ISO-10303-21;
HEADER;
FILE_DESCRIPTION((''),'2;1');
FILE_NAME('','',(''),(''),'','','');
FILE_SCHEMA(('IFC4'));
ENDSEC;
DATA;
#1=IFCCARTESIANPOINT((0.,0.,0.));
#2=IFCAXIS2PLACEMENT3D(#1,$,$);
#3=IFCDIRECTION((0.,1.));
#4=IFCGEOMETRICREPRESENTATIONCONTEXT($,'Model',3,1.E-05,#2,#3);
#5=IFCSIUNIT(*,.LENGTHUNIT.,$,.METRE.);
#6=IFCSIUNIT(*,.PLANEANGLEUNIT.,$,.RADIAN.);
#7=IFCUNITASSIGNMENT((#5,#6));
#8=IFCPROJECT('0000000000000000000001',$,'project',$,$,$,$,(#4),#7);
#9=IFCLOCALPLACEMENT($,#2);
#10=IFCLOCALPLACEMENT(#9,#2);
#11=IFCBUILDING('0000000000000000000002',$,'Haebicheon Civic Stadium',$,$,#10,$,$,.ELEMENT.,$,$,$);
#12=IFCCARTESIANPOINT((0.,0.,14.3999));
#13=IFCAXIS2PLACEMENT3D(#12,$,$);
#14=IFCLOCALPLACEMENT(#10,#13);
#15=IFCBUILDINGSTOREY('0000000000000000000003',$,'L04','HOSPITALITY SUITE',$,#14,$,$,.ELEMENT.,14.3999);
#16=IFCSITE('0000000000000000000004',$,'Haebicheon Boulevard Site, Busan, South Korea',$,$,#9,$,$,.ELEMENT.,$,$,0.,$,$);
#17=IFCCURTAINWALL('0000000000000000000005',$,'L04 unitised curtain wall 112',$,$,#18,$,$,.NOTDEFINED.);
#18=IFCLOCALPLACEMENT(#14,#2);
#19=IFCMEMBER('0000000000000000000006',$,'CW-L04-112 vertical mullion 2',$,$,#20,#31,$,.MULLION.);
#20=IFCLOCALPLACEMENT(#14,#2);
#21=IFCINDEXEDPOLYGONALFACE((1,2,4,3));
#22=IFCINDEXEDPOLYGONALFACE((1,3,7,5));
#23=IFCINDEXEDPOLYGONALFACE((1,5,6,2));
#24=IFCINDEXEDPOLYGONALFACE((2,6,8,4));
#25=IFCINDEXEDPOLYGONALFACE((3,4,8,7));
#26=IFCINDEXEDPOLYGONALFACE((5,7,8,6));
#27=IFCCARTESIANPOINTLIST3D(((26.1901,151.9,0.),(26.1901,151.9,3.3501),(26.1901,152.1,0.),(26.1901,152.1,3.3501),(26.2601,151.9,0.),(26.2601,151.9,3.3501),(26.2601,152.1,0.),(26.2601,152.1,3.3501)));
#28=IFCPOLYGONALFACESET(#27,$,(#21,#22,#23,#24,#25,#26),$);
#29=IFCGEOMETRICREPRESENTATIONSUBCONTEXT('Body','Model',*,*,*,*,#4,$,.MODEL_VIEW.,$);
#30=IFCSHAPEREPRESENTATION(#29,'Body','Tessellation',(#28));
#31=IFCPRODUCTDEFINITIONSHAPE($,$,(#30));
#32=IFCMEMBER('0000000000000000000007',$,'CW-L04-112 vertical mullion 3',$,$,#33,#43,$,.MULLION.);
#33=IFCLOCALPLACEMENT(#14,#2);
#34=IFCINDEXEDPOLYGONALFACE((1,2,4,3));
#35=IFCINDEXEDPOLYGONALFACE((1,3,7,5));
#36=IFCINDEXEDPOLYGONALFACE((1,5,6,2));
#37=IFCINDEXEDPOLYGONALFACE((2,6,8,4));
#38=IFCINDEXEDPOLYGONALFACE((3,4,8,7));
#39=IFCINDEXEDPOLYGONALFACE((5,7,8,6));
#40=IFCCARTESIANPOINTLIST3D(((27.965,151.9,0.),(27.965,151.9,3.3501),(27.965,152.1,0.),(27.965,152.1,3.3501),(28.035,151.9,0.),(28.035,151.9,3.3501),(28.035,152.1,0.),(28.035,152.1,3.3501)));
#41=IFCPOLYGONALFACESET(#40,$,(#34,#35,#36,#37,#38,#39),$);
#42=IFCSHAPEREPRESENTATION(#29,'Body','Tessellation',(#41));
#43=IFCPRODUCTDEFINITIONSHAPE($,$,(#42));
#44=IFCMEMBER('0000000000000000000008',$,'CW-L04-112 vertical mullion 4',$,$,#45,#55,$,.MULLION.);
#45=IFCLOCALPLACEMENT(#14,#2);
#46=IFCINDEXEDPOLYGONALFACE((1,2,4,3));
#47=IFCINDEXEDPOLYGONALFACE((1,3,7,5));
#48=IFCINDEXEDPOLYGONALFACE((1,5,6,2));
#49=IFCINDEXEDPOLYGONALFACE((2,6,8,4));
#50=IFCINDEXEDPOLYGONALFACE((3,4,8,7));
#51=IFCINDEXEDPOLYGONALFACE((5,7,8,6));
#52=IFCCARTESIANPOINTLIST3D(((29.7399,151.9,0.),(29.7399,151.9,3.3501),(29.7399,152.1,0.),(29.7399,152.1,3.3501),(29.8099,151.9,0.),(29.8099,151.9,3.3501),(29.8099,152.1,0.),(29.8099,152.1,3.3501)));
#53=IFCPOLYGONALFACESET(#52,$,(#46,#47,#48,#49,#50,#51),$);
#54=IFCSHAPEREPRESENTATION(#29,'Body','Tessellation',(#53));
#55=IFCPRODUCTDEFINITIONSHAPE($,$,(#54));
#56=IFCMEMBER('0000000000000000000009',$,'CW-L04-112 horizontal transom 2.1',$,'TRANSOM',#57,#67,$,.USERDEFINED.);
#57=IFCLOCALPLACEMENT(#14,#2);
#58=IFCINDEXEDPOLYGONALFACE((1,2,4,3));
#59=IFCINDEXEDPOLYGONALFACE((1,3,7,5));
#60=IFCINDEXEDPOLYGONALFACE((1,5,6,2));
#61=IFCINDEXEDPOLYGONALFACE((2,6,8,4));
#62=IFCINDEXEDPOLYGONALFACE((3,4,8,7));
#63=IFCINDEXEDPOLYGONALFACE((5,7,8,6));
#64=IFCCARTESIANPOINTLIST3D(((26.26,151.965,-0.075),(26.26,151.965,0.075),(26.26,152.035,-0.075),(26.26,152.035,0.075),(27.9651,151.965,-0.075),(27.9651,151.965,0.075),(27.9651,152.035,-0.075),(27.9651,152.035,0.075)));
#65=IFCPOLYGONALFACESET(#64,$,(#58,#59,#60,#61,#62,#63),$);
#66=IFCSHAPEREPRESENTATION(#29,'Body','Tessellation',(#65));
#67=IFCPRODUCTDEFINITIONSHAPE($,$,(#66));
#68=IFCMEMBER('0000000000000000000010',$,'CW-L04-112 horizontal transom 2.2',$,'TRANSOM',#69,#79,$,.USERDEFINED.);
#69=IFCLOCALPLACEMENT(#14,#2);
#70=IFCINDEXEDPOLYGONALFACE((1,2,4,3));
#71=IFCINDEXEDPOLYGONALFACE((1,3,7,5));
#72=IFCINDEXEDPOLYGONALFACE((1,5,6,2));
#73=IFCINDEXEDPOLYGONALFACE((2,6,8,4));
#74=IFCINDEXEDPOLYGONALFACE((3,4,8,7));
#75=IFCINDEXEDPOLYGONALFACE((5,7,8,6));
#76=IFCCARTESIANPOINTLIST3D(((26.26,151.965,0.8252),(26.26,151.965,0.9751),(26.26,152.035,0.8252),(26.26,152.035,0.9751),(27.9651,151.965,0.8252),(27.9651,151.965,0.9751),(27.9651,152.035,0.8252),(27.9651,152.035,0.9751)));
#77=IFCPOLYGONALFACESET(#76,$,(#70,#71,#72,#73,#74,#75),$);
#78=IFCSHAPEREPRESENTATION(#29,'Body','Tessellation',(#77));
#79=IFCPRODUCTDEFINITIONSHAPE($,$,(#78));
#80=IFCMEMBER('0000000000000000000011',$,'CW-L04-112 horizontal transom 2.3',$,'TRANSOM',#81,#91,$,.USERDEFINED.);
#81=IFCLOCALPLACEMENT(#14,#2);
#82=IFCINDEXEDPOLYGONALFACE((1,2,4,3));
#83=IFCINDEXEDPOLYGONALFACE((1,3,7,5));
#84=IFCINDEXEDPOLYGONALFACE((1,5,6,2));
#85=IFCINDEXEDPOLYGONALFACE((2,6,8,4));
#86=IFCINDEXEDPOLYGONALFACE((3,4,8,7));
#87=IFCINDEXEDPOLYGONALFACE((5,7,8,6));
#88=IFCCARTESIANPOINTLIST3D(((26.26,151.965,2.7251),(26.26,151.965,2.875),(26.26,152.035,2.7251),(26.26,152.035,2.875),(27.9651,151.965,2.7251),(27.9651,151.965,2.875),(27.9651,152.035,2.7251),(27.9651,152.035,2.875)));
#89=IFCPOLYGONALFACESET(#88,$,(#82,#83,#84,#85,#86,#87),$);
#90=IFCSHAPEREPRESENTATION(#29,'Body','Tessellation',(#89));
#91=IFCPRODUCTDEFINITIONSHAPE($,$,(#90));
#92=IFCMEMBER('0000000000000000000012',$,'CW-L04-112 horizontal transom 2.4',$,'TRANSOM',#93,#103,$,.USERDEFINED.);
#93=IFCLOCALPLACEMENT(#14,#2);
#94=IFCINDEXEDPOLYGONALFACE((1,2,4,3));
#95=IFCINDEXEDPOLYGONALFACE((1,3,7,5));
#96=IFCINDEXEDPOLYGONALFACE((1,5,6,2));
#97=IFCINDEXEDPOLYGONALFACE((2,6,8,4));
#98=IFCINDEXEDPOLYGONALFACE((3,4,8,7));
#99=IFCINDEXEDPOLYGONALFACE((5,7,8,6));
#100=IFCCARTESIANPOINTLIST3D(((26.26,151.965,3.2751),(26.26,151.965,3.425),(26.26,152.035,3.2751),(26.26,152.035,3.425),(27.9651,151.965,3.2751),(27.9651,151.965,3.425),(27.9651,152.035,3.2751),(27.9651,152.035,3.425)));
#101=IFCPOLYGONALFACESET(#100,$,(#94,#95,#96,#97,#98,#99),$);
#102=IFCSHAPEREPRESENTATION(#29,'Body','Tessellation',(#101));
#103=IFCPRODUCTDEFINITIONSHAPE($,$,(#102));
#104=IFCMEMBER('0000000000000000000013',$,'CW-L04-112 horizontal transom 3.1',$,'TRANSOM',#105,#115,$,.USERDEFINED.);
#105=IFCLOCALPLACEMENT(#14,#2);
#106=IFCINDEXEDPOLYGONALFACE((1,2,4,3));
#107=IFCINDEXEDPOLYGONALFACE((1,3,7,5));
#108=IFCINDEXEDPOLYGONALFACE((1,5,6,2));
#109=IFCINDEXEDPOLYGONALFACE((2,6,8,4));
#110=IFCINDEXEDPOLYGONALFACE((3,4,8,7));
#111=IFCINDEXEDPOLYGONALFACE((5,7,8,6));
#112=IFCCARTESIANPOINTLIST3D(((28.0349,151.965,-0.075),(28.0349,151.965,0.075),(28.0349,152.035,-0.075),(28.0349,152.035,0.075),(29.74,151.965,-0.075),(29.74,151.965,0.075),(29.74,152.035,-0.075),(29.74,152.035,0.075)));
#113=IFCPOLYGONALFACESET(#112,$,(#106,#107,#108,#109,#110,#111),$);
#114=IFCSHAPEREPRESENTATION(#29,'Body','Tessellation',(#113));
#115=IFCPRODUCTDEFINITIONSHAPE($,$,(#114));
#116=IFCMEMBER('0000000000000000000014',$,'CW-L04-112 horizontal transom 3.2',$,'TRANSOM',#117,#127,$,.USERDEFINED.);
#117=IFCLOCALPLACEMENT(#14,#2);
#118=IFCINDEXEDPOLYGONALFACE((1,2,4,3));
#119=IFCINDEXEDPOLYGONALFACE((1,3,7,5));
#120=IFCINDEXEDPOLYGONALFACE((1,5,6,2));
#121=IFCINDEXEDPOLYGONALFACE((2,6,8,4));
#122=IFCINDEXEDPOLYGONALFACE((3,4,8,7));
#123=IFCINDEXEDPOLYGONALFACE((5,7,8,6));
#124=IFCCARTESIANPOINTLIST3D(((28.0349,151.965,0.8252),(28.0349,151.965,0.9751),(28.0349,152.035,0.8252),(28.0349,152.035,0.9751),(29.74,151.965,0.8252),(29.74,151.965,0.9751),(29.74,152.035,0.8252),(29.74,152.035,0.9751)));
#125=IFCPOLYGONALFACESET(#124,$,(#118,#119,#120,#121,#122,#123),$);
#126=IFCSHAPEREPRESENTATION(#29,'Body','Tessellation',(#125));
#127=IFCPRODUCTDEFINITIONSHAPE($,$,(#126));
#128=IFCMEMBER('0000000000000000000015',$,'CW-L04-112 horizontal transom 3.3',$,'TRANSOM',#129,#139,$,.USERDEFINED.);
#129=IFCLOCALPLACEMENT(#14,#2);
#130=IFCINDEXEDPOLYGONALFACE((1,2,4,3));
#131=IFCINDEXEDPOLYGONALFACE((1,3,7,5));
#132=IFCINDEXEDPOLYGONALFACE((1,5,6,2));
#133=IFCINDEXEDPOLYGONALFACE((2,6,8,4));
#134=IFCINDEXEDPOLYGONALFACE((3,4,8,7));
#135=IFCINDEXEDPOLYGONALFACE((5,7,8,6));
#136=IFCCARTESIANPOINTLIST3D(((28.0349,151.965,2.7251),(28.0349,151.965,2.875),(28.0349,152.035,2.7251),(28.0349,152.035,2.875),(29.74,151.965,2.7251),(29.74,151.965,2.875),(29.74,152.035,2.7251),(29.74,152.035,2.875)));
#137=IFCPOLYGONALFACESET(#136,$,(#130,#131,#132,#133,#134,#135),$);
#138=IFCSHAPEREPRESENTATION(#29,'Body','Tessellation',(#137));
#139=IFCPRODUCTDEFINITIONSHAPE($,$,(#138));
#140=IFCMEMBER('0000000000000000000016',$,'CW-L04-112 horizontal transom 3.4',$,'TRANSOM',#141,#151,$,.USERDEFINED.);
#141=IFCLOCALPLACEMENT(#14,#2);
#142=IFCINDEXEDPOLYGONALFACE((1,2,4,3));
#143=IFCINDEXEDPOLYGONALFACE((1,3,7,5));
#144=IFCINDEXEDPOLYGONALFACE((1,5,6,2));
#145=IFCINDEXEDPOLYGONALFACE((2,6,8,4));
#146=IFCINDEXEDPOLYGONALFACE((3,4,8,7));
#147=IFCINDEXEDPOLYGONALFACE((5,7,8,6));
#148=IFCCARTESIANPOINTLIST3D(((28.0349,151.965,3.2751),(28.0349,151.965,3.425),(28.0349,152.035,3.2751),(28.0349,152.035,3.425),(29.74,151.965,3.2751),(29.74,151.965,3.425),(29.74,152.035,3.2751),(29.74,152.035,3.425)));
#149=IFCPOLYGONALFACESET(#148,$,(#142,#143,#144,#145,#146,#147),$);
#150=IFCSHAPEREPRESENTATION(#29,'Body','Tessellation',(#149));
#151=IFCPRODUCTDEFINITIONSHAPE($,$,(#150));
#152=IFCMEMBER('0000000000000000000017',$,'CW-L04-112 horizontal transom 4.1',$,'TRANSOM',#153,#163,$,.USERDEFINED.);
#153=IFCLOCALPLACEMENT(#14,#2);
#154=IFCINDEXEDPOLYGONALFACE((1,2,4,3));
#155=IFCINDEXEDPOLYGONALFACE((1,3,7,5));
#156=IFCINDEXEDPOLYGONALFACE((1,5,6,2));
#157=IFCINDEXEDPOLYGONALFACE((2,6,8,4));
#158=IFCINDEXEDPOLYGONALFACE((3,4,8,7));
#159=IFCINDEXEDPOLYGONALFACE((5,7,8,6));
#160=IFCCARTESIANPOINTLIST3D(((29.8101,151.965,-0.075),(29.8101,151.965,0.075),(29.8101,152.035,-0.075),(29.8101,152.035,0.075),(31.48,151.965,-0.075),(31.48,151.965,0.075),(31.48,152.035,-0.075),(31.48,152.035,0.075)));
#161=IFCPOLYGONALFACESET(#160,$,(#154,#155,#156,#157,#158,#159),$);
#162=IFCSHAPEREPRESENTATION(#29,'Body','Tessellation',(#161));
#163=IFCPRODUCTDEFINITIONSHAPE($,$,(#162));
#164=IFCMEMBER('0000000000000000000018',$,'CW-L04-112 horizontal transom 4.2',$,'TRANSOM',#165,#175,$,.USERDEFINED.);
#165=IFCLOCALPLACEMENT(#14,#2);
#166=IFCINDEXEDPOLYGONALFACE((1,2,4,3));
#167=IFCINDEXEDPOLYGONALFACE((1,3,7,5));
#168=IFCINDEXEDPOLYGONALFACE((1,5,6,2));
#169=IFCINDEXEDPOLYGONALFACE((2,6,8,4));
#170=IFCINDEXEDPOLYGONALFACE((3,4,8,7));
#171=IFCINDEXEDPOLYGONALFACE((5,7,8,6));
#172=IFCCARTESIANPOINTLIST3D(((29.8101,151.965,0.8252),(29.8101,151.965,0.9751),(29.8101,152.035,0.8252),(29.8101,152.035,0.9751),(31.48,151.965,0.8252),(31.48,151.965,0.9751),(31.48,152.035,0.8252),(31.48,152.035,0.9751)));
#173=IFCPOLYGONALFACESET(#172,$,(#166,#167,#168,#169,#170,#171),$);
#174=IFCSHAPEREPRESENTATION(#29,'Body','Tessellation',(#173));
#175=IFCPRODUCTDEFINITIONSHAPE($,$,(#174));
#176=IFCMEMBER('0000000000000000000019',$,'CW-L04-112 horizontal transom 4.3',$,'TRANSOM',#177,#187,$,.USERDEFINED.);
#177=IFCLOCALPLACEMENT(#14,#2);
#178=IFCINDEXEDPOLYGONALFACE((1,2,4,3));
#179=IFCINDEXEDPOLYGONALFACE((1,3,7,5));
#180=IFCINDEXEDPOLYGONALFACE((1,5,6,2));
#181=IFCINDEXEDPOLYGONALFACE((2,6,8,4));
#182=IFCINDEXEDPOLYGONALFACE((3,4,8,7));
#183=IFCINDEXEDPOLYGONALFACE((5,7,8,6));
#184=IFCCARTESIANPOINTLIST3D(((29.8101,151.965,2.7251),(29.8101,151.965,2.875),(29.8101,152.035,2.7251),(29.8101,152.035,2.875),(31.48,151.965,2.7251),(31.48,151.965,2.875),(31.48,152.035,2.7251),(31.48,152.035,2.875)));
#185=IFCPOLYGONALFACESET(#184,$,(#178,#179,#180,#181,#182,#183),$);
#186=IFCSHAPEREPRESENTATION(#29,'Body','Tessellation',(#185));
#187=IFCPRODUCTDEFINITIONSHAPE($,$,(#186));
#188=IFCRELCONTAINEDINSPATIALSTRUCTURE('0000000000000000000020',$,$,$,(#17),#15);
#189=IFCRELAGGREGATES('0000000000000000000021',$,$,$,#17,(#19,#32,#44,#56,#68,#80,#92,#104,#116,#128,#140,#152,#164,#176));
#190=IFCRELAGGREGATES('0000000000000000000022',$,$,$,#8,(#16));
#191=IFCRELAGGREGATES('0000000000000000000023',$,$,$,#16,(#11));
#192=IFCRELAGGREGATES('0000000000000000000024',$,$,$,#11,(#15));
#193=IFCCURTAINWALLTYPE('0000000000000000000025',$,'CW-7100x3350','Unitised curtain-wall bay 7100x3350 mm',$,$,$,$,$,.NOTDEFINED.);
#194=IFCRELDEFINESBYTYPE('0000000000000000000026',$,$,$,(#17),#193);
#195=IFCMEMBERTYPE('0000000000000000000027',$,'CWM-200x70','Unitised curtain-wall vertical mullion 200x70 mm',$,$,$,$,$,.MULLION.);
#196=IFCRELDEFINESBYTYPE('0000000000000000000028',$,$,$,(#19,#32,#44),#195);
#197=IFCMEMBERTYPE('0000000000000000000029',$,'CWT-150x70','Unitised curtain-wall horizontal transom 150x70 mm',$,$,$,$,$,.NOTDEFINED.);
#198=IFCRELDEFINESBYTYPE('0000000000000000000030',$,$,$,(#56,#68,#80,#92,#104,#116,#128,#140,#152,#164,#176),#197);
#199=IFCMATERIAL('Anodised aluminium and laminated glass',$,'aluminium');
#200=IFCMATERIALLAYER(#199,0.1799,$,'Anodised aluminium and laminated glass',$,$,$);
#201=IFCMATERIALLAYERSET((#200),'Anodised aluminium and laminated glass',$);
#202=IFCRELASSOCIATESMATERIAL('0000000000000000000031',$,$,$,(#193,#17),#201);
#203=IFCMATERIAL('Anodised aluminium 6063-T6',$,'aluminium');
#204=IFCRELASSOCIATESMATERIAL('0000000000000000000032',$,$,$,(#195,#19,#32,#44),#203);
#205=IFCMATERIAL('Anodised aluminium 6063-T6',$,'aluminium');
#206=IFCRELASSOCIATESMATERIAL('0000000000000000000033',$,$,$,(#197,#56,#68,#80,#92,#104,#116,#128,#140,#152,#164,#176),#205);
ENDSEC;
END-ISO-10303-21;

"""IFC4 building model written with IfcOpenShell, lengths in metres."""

from ifc_helpers import new_model, si_unit, direction, frame, origin, origin_2d, place, context, subcontext, project, spatial, rectangle, extrude, material, layer, layer_set, material_profile, profile_set, type_object, element, aggregate, save


model = new_model("IFC4")

# Units and contexts
model_context = context("Model", 3, precision=1e-05, world=origin(), true_north=direction((0.0, 1.0)))
body_context = subcontext(model_context, "Body", "Model", "MODEL_VIEW")
ifc_project = project(units=[si_unit("LENGTHUNIT", "METRE"), si_unit("PLANEANGLEUNIT", "RADIAN")], contexts=[model_context])

# Site, building, storey
site_placement = place(None, origin())
site = spatial("IfcSite", under=ifc_project, at=site_placement, Name="Haebicheon Boulevard Site, Busan, South Korea", CompositionType="ELEMENT", RefElevation=0.0)
building_placement = place(site_placement, origin())
building = spatial("IfcBuilding", under=site, at=building_placement, Name="Haebicheon Civic Stadium", CompositionType="ELEMENT")
storey_placement = place(building_placement, frame((0.0, 0.0, 14.3999)))
storey = spatial("IfcBuildingStorey", under=building, at=storey_placement, Name="L04", Description="HOSPITALITY SUITE", CompositionType="ELEMENT", Elevation=14.3999)

# Curtain wall, members
ifc_material_1 = material(Name="Anodised aluminium and laminated glass", Category="aluminium")
ifc_layer_1 = layer(ifc_material_1, 0.1799, Name="Anodised aluminium and laminated glass")
ifc_layer_set_1 = layer_set([ifc_layer_1], Name="Anodised aluminium and laminated glass")
curtain_wall_type = type_object("IfcCurtainWallType", Name="CW-7100x3350", Description="Unitised curtain-wall bay 7100x3350 mm", PredefinedType="NOTDEFINED", material=ifc_layer_set_1)
curtain_wall_placement = place(storey_placement, origin())
curtain_wall = element("IfcCurtainWall", 1, at=curtain_wall_placement, inside=storey, type_object=curtain_wall_type, material=ifc_layer_set_1, Name="L04 unitised curtain wall 112", PredefinedType="NOTDEFINED")
ifc_material_2 = material(Name="Anodised aluminium 6063-T6", Category="aluminium")
ifc_material_profile_1 = material_profile(ifc_material_2, rectangle(XDim=0.0701, YDim=0.2, at=origin_2d()), Name="ALU-MULL-70x200")
ifc_profile_set_1 = profile_set([ifc_material_profile_1], Name="Anodised aluminium 6063-T6")
member_type_1 = type_object("IfcMemberType", Name="CWM-200x70", Description="Unitised curtain-wall vertical mullion 200x70 mm", PredefinedType="MULLION", material=ifc_profile_set_1)
member_1_placement = place(storey_placement, frame((26.2251, 152.0, 0.0), z_axis=(0.0, 0.0, 1.0), x_axis=(1.0, 0.0, 0.0)))
member_1 = element("IfcMember", 2, at=member_1_placement, type_object=member_type_1, material=ifc_profile_set_1, Name="CW-L04-112 vertical mullion 2", PredefinedType="MULLION", context=body_context, shape_type="SweptSolid", body=[
    extrude(rectangle(XDim=0.0701, YDim=0.2, at=origin_2d()), origin(), (0.0, 0.0, 1.0), 3.3501),
])
member_2_placement = place(storey_placement, frame((28.0, 152.0, 0.0), z_axis=(0.0, 0.0, 1.0), x_axis=(1.0, 0.0, 0.0)))
member_2 = element("IfcMember", 3, at=member_2_placement, type_object=member_type_1, material=ifc_profile_set_1, Name="CW-L04-112 vertical mullion 3", PredefinedType="MULLION", context=body_context, shape_type="SweptSolid", body=[
    extrude(rectangle(XDim=0.0701, YDim=0.2, at=origin_2d()), origin(), (0.0, 0.0, 1.0), 3.3501),
])
member_3_placement = place(storey_placement, frame((29.7749, 152.0, 0.0), z_axis=(0.0, 0.0, 1.0), x_axis=(1.0, 0.0, 0.0)))
member_3 = element("IfcMember", 4, at=member_3_placement, type_object=member_type_1, material=ifc_profile_set_1, Name="CW-L04-112 vertical mullion 4", PredefinedType="MULLION", context=body_context, shape_type="SweptSolid", body=[
    extrude(rectangle(XDim=0.0701, YDim=0.2, at=origin_2d()), origin(), (0.0, 0.0, 1.0), 3.3501),
])
ifc_material_3 = material(Name="Anodised aluminium 6063-T6", Category="aluminium")
ifc_material_profile_2 = material_profile(ifc_material_3, rectangle(XDim=0.0701, YDim=0.1499, at=origin_2d()), Name="ALU-TRAN-70x150")
ifc_profile_set_2 = profile_set([ifc_material_profile_2], Name="Anodised aluminium 6063-T6")
member_type_2 = type_object("IfcMemberType", Name="CWT-150x70", Description="Unitised curtain-wall horizontal transom 150x70 mm", PredefinedType="NOTDEFINED", material=ifc_profile_set_2)
member_4_placement = place(storey_placement, frame((26.26, 152.0, 0.0), z_axis=(1.0, 0.0, 0.0), x_axis=(0.0, 1.0, 0.0)))
member_4 = element("IfcMember", 5, at=member_4_placement, type_object=member_type_2, material=ifc_profile_set_2, Name="CW-L04-112 horizontal transom 2.1", ObjectType="TRANSOM", PredefinedType="USERDEFINED", context=body_context, shape_type="SweptSolid", body=[
    extrude(rectangle(XDim=0.0701, YDim=0.1499, at=origin_2d()), origin(), (0.0, 0.0, 1.0), 1.7051),
])
member_5_placement = place(storey_placement, frame((26.26, 152.0, 0.9001), z_axis=(1.0, 0.0, 0.0), x_axis=(0.0, 1.0, 0.0)))
member_5 = element("IfcMember", 6, at=member_5_placement, type_object=member_type_2, material=ifc_profile_set_2, Name="CW-L04-112 horizontal transom 2.2", ObjectType="TRANSOM", PredefinedType="USERDEFINED", context=body_context, shape_type="SweptSolid", body=[
    extrude(rectangle(XDim=0.0701, YDim=0.1499, at=origin_2d()), origin(), (0.0, 0.0, 1.0), 1.7051),
])
member_6_placement = place(storey_placement, frame((26.26, 152.0, 2.8), z_axis=(1.0, 0.0, 0.0), x_axis=(0.0, 1.0, 0.0)))
member_6 = element("IfcMember", 7, at=member_6_placement, type_object=member_type_2, material=ifc_profile_set_2, Name="CW-L04-112 horizontal transom 2.3", ObjectType="TRANSOM", PredefinedType="USERDEFINED", context=body_context, shape_type="SweptSolid", body=[
    extrude(rectangle(XDim=0.0701, YDim=0.1499, at=origin_2d()), origin(), (0.0, 0.0, 1.0), 1.7051),
])
member_7_placement = place(storey_placement, frame((26.26, 152.0, 3.3501), z_axis=(1.0, 0.0, 0.0), x_axis=(0.0, 1.0, 0.0)))
member_7 = element("IfcMember", 8, at=member_7_placement, type_object=member_type_2, material=ifc_profile_set_2, Name="CW-L04-112 horizontal transom 2.4", ObjectType="TRANSOM", PredefinedType="USERDEFINED", context=body_context, shape_type="SweptSolid", body=[
    extrude(rectangle(XDim=0.0701, YDim=0.1499, at=origin_2d()), origin(), (0.0, 0.0, 1.0), 1.7051),
])
member_8_placement = place(storey_placement, frame((28.0349, 152.0, 0.0), z_axis=(1.0, 0.0, 0.0), x_axis=(0.0, 1.0, 0.0)))
member_8 = element("IfcMember", 9, at=member_8_placement, type_object=member_type_2, material=ifc_profile_set_2, Name="CW-L04-112 horizontal transom 3.1", ObjectType="TRANSOM", PredefinedType="USERDEFINED", context=body_context, shape_type="SweptSolid", body=[
    extrude(rectangle(XDim=0.0701, YDim=0.1499, at=origin_2d()), origin(), (0.0, 0.0, 1.0), 1.7051),
])
member_9_placement = place(storey_placement, frame((28.0349, 152.0, 0.9001), z_axis=(1.0, 0.0, 0.0), x_axis=(0.0, 1.0, 0.0)))
member_9 = element("IfcMember", 10, at=member_9_placement, type_object=member_type_2, material=ifc_profile_set_2, Name="CW-L04-112 horizontal transom 3.2", ObjectType="TRANSOM", PredefinedType="USERDEFINED", context=body_context, shape_type="SweptSolid", body=[
    extrude(rectangle(XDim=0.0701, YDim=0.1499, at=origin_2d()), origin(), (0.0, 0.0, 1.0), 1.7051),
])
member_10_placement = place(storey_placement, frame((28.0349, 152.0, 2.8), z_axis=(1.0, 0.0, 0.0), x_axis=(0.0, 1.0, 0.0)))
member_10 = element("IfcMember", 11, at=member_10_placement, type_object=member_type_2, material=ifc_profile_set_2, Name="CW-L04-112 horizontal transom 3.3", ObjectType="TRANSOM", PredefinedType="USERDEFINED", context=body_context, shape_type="SweptSolid", body=[
    extrude(rectangle(XDim=0.0701, YDim=0.1499, at=origin_2d()), origin(), (0.0, 0.0, 1.0), 1.7051),
])
member_11_placement = place(storey_placement, frame((28.0349, 152.0, 3.3501), z_axis=(1.0, 0.0, 0.0), x_axis=(0.0, 1.0, 0.0)))
member_11 = element("IfcMember", 12, at=member_11_placement, type_object=member_type_2, material=ifc_profile_set_2, Name="CW-L04-112 horizontal transom 3.4", ObjectType="TRANSOM", PredefinedType="USERDEFINED", context=body_context, shape_type="SweptSolid", body=[
    extrude(rectangle(XDim=0.0701, YDim=0.1499, at=origin_2d()), origin(), (0.0, 0.0, 1.0), 1.7051),
])
member_12_placement = place(storey_placement, frame((29.8101, 152.0, 0.0), z_axis=(1.0, 0.0, 0.0), x_axis=(0.0, 1.0, 0.0)))
member_12 = element("IfcMember", 13, at=member_12_placement, type_object=member_type_2, material=ifc_profile_set_2, Name="CW-L04-112 horizontal transom 4.1", ObjectType="TRANSOM", PredefinedType="USERDEFINED", context=body_context, shape_type="SweptSolid", body=[
    extrude(rectangle(XDim=0.0701, YDim=0.1499, at=origin_2d()), origin(), (0.0, 0.0, 1.0), 1.6699),
])
member_13_placement = place(storey_placement, frame((29.8101, 152.0, 0.9001), z_axis=(1.0, 0.0, 0.0), x_axis=(0.0, 1.0, 0.0)))
member_13 = element("IfcMember", 14, at=member_13_placement, type_object=member_type_2, material=ifc_profile_set_2, Name="CW-L04-112 horizontal transom 4.2", ObjectType="TRANSOM", PredefinedType="USERDEFINED", context=body_context, shape_type="SweptSolid", body=[
    extrude(rectangle(XDim=0.0701, YDim=0.1499, at=origin_2d()), origin(), (0.0, 0.0, 1.0), 1.6699),
])
member_14_placement = place(storey_placement, frame((29.8101, 152.0, 2.8), z_axis=(1.0, 0.0, 0.0), x_axis=(0.0, 1.0, 0.0)))
member_14 = element("IfcMember", 15, at=member_14_placement, type_object=member_type_2, material=ifc_profile_set_2, Name="CW-L04-112 horizontal transom 4.3", ObjectType="TRANSOM", PredefinedType="USERDEFINED", context=body_context, shape_type="SweptSolid", body=[
    extrude(rectangle(XDim=0.0701, YDim=0.1499, at=origin_2d()), origin(), (0.0, 0.0, 1.0), 1.6699),
])
aggregate(curtain_wall, [member_1, member_2, member_3, member_4, member_5, member_6, member_7, member_8, member_9, member_10, member_11, member_12, member_13, member_14])

save(model, "model.ifc")
